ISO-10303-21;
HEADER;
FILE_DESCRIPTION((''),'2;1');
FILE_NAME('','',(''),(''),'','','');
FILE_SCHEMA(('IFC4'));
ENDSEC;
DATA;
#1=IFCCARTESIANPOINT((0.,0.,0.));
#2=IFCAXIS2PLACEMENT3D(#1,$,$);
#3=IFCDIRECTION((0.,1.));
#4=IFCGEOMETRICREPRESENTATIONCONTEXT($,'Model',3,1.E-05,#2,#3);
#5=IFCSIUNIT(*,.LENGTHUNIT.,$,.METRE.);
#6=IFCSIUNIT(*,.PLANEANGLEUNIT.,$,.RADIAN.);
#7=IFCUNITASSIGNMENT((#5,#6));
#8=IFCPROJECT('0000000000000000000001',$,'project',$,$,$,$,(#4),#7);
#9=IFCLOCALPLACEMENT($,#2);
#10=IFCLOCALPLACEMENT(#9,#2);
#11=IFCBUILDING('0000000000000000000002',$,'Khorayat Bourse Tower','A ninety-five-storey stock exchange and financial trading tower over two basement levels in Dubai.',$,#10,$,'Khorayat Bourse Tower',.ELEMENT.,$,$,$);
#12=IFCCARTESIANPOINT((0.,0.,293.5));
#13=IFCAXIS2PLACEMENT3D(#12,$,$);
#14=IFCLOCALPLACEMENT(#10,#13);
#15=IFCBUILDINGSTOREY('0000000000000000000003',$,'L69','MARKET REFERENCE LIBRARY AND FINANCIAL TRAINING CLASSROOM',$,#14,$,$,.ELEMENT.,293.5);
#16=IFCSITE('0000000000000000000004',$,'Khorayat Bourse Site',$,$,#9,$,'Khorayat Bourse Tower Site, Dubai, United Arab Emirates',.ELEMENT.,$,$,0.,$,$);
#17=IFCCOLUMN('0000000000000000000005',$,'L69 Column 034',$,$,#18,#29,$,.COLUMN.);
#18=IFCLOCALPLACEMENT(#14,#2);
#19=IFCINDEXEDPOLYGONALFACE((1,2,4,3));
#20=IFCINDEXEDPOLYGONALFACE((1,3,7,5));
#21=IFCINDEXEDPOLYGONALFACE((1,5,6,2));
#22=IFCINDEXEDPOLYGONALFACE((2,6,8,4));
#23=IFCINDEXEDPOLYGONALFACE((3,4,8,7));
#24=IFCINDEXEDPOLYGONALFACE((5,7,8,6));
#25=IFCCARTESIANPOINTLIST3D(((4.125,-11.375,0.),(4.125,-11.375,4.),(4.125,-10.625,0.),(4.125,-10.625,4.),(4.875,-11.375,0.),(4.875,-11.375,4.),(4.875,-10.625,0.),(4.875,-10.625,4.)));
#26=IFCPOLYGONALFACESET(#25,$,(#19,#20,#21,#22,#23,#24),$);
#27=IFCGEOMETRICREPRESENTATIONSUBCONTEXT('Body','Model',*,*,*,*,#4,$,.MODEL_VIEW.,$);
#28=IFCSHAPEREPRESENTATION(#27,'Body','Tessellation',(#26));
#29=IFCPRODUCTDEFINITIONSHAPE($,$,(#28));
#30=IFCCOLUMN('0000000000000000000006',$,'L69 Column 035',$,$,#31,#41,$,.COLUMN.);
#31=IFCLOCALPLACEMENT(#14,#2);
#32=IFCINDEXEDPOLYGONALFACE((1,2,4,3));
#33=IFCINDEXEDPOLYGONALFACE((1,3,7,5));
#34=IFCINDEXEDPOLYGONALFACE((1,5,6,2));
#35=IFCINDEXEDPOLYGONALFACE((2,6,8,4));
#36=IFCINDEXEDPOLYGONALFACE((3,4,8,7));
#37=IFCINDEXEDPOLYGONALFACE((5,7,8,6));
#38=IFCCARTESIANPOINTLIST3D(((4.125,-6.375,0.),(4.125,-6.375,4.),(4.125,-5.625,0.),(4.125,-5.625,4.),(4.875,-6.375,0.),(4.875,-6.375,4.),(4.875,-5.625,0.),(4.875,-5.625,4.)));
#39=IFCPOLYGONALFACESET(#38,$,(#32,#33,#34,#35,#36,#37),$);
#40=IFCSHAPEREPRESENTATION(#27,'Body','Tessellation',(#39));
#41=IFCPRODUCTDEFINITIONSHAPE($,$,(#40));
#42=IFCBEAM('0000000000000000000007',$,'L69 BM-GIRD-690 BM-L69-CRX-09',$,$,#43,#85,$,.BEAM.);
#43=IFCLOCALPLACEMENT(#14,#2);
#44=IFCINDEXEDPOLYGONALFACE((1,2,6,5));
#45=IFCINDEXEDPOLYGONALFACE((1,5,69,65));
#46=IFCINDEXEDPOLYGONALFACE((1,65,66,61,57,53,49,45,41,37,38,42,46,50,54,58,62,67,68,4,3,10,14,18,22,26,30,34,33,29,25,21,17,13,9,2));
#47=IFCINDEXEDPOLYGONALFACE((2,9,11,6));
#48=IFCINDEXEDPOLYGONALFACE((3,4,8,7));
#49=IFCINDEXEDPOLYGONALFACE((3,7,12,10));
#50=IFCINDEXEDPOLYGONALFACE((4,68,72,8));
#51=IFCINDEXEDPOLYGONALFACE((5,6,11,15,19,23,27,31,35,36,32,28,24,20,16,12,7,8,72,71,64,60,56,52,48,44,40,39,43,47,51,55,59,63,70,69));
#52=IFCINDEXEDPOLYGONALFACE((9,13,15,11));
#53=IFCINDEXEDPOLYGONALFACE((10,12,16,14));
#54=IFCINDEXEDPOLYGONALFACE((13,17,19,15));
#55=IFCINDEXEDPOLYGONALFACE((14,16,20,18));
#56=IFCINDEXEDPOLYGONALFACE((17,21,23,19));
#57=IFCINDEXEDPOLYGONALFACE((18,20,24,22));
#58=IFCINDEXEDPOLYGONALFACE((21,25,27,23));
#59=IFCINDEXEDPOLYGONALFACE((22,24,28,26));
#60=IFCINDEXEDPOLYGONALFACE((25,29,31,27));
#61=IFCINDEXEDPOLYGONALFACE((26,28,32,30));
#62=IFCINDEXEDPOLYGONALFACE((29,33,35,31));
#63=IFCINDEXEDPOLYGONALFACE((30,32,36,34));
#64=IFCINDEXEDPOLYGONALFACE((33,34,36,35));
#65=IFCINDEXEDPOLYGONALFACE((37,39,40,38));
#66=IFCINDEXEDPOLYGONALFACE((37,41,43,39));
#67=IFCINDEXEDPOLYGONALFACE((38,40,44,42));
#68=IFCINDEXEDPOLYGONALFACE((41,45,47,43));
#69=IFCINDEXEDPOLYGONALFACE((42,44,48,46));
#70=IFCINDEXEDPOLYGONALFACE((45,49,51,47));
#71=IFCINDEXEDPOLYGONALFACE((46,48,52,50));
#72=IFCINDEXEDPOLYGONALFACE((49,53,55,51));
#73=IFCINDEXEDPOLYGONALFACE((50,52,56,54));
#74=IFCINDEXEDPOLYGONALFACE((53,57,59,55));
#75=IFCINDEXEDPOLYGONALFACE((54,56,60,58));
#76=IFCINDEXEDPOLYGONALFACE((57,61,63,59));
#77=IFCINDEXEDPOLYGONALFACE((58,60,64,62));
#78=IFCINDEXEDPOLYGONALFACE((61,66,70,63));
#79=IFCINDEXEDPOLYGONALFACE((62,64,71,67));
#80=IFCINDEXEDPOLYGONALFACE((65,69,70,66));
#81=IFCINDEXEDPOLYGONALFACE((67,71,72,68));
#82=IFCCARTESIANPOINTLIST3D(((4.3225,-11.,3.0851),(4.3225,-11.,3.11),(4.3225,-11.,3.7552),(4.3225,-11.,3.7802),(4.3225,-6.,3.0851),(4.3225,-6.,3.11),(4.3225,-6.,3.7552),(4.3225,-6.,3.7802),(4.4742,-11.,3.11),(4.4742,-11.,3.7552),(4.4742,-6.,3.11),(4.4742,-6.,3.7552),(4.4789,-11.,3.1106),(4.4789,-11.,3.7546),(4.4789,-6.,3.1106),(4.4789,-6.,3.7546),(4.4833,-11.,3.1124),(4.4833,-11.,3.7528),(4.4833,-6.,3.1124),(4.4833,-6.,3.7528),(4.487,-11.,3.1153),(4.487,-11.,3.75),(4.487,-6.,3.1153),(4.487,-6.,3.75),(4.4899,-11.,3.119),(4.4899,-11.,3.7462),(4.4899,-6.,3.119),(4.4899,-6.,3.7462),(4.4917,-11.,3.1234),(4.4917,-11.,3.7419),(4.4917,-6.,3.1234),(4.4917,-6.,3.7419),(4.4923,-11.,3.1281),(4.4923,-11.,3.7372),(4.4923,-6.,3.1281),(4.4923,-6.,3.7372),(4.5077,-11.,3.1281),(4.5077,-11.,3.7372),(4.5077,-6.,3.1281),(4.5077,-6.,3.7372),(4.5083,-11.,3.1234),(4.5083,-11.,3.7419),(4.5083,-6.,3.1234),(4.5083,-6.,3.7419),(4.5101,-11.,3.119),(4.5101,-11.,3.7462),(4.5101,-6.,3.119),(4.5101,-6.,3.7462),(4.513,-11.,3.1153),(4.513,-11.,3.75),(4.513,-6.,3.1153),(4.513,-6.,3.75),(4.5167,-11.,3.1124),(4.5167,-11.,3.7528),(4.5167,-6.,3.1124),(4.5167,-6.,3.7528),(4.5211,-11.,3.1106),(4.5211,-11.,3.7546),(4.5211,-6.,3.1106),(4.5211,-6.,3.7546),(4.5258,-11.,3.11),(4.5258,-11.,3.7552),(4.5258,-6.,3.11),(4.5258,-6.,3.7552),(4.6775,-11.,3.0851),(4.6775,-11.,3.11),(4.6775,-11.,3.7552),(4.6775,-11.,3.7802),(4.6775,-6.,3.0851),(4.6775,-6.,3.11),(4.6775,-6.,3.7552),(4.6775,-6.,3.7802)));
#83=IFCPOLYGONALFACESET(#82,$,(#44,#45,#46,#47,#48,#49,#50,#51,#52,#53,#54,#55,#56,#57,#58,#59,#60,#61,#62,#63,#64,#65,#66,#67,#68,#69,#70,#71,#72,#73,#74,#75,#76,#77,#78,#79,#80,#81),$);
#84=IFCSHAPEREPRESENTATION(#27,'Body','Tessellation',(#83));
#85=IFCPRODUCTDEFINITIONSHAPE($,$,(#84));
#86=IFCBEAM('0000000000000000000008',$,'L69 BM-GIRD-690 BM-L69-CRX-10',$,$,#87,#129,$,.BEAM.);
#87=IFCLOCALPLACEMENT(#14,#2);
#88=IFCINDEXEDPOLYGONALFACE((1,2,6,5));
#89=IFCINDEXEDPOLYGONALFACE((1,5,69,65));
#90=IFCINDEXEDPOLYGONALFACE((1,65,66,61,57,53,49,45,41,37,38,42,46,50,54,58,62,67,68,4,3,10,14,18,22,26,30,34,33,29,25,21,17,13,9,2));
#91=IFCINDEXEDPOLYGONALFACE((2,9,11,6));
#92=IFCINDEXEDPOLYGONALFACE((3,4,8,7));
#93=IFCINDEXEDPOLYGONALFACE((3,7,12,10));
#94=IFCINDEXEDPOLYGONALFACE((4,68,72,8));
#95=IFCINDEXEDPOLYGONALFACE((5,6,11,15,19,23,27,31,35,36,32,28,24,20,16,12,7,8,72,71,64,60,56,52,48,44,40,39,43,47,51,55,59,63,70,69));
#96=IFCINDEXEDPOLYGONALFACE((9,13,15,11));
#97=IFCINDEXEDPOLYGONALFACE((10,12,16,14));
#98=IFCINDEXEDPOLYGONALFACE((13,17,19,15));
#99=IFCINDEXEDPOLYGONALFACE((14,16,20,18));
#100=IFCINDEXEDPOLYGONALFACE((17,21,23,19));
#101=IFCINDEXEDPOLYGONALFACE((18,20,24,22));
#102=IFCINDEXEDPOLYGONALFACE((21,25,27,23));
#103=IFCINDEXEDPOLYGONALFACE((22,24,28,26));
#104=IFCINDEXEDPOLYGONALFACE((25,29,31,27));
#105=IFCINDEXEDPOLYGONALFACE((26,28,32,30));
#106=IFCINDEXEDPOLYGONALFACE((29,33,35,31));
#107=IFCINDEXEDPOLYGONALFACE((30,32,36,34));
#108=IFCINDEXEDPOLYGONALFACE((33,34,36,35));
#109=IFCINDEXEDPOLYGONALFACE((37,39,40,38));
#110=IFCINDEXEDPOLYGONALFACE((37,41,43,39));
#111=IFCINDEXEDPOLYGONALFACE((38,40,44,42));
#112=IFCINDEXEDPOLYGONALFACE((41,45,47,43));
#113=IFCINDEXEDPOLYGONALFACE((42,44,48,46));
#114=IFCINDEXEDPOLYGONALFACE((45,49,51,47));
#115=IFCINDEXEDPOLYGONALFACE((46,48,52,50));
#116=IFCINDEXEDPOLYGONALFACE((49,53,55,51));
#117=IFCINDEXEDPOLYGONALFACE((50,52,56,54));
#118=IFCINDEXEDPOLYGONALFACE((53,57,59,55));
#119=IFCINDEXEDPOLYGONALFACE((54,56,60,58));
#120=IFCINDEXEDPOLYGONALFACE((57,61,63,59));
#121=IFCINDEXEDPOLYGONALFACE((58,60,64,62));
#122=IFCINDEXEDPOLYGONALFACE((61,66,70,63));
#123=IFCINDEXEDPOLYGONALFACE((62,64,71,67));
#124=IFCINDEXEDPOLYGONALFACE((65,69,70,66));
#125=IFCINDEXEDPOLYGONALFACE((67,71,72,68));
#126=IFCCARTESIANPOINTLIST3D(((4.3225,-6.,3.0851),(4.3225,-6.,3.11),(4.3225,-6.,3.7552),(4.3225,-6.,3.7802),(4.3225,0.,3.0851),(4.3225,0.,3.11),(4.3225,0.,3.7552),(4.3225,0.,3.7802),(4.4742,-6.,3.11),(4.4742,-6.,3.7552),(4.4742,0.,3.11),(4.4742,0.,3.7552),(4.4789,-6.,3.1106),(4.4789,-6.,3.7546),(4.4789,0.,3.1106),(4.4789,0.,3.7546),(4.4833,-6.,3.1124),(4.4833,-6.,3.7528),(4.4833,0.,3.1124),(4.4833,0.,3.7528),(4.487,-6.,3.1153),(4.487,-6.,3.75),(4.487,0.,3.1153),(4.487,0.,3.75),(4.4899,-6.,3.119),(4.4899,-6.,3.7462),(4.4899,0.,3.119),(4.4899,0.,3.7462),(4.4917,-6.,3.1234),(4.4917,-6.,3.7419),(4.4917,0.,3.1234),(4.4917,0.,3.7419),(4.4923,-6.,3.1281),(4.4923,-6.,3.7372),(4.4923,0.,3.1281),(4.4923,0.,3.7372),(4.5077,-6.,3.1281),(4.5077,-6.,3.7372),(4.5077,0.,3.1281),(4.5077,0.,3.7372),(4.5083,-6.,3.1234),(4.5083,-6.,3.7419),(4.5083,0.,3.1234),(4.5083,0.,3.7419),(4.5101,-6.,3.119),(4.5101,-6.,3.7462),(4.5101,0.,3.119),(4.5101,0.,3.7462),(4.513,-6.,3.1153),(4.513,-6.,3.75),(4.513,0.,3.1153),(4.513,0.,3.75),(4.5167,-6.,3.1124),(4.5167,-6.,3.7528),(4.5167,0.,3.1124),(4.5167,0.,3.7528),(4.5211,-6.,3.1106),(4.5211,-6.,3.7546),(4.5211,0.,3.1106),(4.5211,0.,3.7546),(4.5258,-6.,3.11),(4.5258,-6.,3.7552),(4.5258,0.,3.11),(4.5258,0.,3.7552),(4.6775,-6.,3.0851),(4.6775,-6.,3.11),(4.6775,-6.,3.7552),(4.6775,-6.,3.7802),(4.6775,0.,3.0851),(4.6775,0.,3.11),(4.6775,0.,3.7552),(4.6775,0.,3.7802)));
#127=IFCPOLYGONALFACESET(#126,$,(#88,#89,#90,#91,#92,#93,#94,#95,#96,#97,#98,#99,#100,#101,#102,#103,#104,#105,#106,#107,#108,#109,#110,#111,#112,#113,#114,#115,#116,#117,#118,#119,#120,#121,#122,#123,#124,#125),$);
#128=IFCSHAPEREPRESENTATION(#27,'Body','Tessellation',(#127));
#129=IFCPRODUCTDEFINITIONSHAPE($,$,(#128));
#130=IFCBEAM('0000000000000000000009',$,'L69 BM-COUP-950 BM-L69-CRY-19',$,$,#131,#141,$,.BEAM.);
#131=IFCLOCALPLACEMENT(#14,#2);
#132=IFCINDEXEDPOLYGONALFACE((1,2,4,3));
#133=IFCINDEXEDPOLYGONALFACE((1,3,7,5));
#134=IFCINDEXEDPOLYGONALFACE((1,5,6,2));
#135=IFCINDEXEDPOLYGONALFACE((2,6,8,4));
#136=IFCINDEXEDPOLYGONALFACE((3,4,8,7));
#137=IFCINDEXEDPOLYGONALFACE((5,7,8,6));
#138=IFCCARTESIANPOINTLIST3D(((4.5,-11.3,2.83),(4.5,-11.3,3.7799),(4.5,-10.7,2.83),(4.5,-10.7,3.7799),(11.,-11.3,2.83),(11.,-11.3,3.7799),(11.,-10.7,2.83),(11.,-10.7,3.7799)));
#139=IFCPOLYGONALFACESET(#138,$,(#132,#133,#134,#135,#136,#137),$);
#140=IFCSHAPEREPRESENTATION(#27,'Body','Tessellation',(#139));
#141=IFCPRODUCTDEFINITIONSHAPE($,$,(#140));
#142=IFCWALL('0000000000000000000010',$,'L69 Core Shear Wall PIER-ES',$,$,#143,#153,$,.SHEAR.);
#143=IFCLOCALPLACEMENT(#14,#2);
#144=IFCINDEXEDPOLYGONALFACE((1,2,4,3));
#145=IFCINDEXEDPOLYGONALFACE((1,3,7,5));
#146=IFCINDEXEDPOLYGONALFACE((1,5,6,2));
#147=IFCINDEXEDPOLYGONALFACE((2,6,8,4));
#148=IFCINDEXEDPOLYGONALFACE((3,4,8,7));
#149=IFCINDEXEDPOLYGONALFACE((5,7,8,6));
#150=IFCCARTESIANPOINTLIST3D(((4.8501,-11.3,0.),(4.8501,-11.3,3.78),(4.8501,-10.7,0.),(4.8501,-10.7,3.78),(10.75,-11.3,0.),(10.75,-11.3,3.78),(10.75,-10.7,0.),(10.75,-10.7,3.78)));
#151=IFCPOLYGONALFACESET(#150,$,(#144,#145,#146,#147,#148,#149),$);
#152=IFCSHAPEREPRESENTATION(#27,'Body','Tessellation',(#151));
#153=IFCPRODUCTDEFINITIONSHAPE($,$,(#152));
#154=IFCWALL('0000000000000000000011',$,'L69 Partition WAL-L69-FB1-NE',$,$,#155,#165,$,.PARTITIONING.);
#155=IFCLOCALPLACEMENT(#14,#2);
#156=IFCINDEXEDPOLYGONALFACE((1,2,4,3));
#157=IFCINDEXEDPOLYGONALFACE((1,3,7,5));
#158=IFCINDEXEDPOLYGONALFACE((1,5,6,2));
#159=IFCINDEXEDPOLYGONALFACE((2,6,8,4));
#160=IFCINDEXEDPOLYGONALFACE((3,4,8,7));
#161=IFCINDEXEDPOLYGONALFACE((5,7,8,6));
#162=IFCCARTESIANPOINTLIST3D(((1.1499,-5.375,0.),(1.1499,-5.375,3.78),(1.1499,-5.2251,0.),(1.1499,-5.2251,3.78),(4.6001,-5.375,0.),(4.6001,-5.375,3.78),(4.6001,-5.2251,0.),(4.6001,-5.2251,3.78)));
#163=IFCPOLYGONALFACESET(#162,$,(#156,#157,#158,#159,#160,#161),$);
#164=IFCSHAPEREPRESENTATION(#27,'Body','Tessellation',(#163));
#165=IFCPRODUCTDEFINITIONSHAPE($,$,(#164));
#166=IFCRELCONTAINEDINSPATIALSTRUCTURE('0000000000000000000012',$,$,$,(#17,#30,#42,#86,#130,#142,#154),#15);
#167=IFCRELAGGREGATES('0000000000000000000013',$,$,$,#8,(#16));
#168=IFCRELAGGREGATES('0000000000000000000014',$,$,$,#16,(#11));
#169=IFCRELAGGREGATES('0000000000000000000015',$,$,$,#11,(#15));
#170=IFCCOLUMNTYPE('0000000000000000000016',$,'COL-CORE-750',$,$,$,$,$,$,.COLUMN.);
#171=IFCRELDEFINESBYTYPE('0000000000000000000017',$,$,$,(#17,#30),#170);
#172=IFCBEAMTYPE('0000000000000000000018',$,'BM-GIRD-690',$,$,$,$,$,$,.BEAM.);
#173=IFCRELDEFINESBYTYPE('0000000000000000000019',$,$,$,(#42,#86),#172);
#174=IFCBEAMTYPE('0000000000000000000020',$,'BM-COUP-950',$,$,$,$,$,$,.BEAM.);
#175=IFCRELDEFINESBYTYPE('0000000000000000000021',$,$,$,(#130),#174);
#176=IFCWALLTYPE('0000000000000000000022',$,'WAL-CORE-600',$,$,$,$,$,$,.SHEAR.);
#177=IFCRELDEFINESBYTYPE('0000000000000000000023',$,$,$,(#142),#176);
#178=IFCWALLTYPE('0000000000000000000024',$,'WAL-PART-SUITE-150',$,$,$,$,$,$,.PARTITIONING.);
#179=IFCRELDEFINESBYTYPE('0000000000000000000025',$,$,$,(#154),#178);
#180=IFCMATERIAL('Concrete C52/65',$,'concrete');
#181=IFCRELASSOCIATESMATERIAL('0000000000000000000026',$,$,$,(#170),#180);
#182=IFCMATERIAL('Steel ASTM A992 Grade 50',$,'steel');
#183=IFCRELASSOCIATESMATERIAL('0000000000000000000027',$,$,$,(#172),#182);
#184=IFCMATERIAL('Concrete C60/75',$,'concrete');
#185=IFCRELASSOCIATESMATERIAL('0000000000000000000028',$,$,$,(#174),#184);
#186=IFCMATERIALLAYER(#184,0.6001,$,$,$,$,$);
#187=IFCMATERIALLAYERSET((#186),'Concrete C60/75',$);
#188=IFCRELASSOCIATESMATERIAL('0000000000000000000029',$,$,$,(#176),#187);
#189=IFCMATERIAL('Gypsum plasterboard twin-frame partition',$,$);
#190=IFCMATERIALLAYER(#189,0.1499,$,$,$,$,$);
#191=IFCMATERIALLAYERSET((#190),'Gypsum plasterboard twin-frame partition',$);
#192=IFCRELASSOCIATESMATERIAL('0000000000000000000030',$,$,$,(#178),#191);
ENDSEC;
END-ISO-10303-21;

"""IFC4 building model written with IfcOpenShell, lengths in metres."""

from ifc_helpers import new_model, si_unit, direction, frame, frame_2d, origin, origin_2d, place, context, subcontext, project, spatial, rectangle, i_section, extrude, source, transform, mapped, material, layer, layer_set, material_profile, profile_set, type_object, element, save


model = new_model("IFC4")

# Units and contexts
model_context = context("Model", 3, precision=1e-05, world=origin(), true_north=direction((0.0, 1.0)))
body_context = subcontext(model_context, "Body", "Model", "MODEL_VIEW")
ifc_project = project(units=[si_unit("LENGTHUNIT", "METRE"), si_unit("PLANEANGLEUNIT", "RADIAN")], contexts=[model_context])

# Site, building, storey
site_placement = place(None, origin())
site = spatial("IfcSite", under=ifc_project, at=site_placement, Name="Khorayat Bourse Site", LongName="Khorayat Bourse Tower Site, Dubai, United Arab Emirates", CompositionType="ELEMENT", RefElevation=0.0)
building_placement = place(site_placement, origin())
building = spatial("IfcBuilding", under=site, at=building_placement, Name="Khorayat Bourse Tower", Description="A ninety-five-storey stock exchange and financial trading tower over two basement levels in Dubai.", LongName="Khorayat Bourse Tower", CompositionType="ELEMENT")
storey_placement = place(building_placement, frame((0.0, 0.0, 293.5)))
storey = spatial("IfcBuildingStorey", under=building, at=storey_placement, Name="L69", Description="MARKET REFERENCE LIBRARY AND FINANCIAL TRAINING CLASSROOM", CompositionType="ELEMENT", Elevation=293.5)

# Columns
ifc_material_1 = material(Name="Concrete C52/65", Category="concrete")
ifc_material_profile_1 = material_profile(ifc_material_1, rectangle(XDim=0.75, YDim=0.75, at=origin_2d()), Name="RC 750x750")
ifc_profile_set_1 = profile_set([ifc_material_profile_1], Name="Concrete C52/65")
column_type = type_object("IfcColumnType", Name="COL-CORE-750", PredefinedType="COLUMN", material=ifc_profile_set_1)
shared_shape_1 = source(origin(), body_context, "Body", "SweptSolid", [
    extrude(rectangle(XDim=0.75, YDim=0.75, at=origin_2d()), origin(), (0.0, 0.0, 1.0), 4.0),
])
for number, where, z_axis, x_axis, name in (
    (1, (4.5, -11.0, 0.0), (0.0, 0.0, 1.0), (1.0, 0.0, 0.0), "L69 Column 034"),
    (2, (4.5, -6.0, 0.0), (0.0, 0.0, 1.0), (1.0, 0.0, 0.0), "L69 Column 035"),
):
    element("IfcColumn", number, at=place(storey_placement, frame(where, z_axis=z_axis, x_axis=x_axis)), inside=storey, type_object=column_type, Name=name, PredefinedType="COLUMN", context=body_context, shape_type="MappedRepresentation", body=[
        mapped(shared_shape_1, transform((0.0, 0.0, 0.0), scale=1.0)),
    ])

# Beams
ifc_material_2 = material(Name="Steel ASTM A992 Grade 50", Category="steel")
ifc_material_profile_2 = material_profile(ifc_material_2, i_section(OverallWidth=0.355, OverallDepth=0.6951, WebThickness=0.0154, FlangeThickness=0.0249, FilletRadius=0.0181, at=origin_2d()), Name="W690X217")
ifc_profile_set_2 = profile_set([ifc_material_profile_2], Name="Steel ASTM A992 Grade 50")
beam_type_1 = type_object("IfcBeamType", Name="BM-GIRD-690", PredefinedType="BEAM", material=ifc_profile_set_2)
shared_shape_2 = source(origin(), body_context, "Body", "SweptSolid", [
    extrude(i_section(OverallWidth=0.355, OverallDepth=0.6951, WebThickness=0.0154, FlangeThickness=0.0249, FilletRadius=0.0181, at=origin_2d()), origin(), (0.0, 0.0, 1.0), 5.0),
])
beam_1_placement = place(storey_placement, frame((4.5, -11.0, 3.4326), z_axis=(0.0, 1.0, 0.0), x_axis=(-1.0, 0.0, 0.0)))
element("IfcBeam", 3, at=beam_1_placement, inside=storey, type_object=beam_type_1, Name="L69 BM-GIRD-690 BM-L69-CRX-09", PredefinedType="BEAM", context=body_context, shape_type="MappedRepresentation", body=[
    mapped(shared_shape_2, transform((0.0, 0.0, 0.0), scale=1.0)),
])
shared_shape_3 = source(origin(), body_context, "Body", "SweptSolid", [
    extrude(i_section(OverallWidth=0.355, OverallDepth=0.6951, WebThickness=0.0154, FlangeThickness=0.0249, FilletRadius=0.0181, at=origin_2d()), origin(), (0.0, 0.0, 1.0), 6.0),
])
beam_2_placement = place(storey_placement, frame((4.5, -6.0, 3.4326), z_axis=(0.0, 1.0, 0.0), x_axis=(-1.0, 0.0, 0.0)))
element("IfcBeam", 4, at=beam_2_placement, inside=storey, type_object=beam_type_1, Name="L69 BM-GIRD-690 BM-L69-CRX-10", PredefinedType="BEAM", context=body_context, shape_type="MappedRepresentation", body=[
    mapped(shared_shape_3, transform((0.0, 0.0, 0.0), scale=1.0)),
])
ifc_material_3 = material(Name="Concrete C60/75", Category="concrete")
ifc_material_profile_3 = material_profile(ifc_material_3, rectangle(XDim=0.6001, YDim=0.95, at=origin_2d()), Name="RC 600x950")
ifc_profile_set_3 = profile_set([ifc_material_profile_3], Name="Concrete C60/75")
beam_type_2 = type_object("IfcBeamType", Name="BM-COUP-950", PredefinedType="BEAM", material=ifc_profile_set_3)
shared_shape_4 = source(origin(), body_context, "Body", "SweptSolid", [
    extrude(rectangle(XDim=0.6001, YDim=0.95, at=origin_2d()), origin(), (0.0, 0.0, 1.0), 6.5),
])
beam_3_placement = place(storey_placement, frame((4.5, -11.0, 3.3049), z_axis=(1.0, 0.0, 0.0), x_axis=(0.0, 1.0, 0.0)))
element("IfcBeam", 5, at=beam_3_placement, inside=storey, type_object=beam_type_2, Name="L69 BM-COUP-950 BM-L69-CRY-19", PredefinedType="BEAM", context=body_context, shape_type="MappedRepresentation", body=[
    mapped(shared_shape_4, transform((0.0, 0.0, 0.0), scale=1.0)),
])

# Walls
ifc_layer_1 = layer(ifc_material_3, 0.6001)
ifc_layer_set_1 = layer_set([ifc_layer_1], Name="Concrete C60/75")
wall_type_1 = type_object("IfcWallType", Name="WAL-CORE-600", PredefinedType="SHEAR", material=ifc_layer_set_1)
shared_shape_5 = source(origin(), body_context, "Body", "SweptSolid", [
    extrude(rectangle(XDim=5.8999, YDim=0.6001, at=frame_2d((2.95, 0.0))), origin(), (0.0, 0.0, 1.0), 3.78),
])
wall_1_placement = place(storey_placement, frame((4.8501, -11.0, 0.0), z_axis=(0.0, 0.0, 1.0), x_axis=(1.0, 0.0, 0.0)))
element("IfcWall", 6, at=wall_1_placement, inside=storey, type_object=wall_type_1, Name="L69 Core Shear Wall PIER-ES", PredefinedType="SHEAR", context=body_context, shape_type="MappedRepresentation", body=[
    mapped(shared_shape_5, transform((0.0, 0.0, 0.0), scale=1.0)),
])
ifc_material_4 = material(Name="Gypsum plasterboard twin-frame partition")
ifc_layer_2 = layer(ifc_material_4, 0.1499)
ifc_layer_set_2 = layer_set([ifc_layer_2], Name="Gypsum plasterboard twin-frame partition")
wall_type_2 = type_object("IfcWallType", Name="WAL-PART-SUITE-150", PredefinedType="PARTITIONING", material=ifc_layer_set_2)
shared_shape_6 = source(origin(), body_context, "Body", "SweptSolid", [
    extrude(rectangle(XDim=3.4502, YDim=0.1499, at=frame_2d((1.7251, 0.0))), origin(), (0.0, 0.0, 1.0), 3.78),
])
wall_2_placement = place(storey_placement, frame((1.1499, -5.3, 0.0), z_axis=(0.0, 0.0, 1.0), x_axis=(1.0, 0.0, 0.0)))
element("IfcWall", 7, at=wall_2_placement, inside=storey, type_object=wall_type_2, Name="L69 Partition WAL-L69-FB1-NE", PredefinedType="PARTITIONING", context=body_context, shape_type="MappedRepresentation", body=[
    mapped(shared_shape_6, transform((0.0, 0.0, 0.0), scale=1.0)),
])

save(model, "model.ifc")
